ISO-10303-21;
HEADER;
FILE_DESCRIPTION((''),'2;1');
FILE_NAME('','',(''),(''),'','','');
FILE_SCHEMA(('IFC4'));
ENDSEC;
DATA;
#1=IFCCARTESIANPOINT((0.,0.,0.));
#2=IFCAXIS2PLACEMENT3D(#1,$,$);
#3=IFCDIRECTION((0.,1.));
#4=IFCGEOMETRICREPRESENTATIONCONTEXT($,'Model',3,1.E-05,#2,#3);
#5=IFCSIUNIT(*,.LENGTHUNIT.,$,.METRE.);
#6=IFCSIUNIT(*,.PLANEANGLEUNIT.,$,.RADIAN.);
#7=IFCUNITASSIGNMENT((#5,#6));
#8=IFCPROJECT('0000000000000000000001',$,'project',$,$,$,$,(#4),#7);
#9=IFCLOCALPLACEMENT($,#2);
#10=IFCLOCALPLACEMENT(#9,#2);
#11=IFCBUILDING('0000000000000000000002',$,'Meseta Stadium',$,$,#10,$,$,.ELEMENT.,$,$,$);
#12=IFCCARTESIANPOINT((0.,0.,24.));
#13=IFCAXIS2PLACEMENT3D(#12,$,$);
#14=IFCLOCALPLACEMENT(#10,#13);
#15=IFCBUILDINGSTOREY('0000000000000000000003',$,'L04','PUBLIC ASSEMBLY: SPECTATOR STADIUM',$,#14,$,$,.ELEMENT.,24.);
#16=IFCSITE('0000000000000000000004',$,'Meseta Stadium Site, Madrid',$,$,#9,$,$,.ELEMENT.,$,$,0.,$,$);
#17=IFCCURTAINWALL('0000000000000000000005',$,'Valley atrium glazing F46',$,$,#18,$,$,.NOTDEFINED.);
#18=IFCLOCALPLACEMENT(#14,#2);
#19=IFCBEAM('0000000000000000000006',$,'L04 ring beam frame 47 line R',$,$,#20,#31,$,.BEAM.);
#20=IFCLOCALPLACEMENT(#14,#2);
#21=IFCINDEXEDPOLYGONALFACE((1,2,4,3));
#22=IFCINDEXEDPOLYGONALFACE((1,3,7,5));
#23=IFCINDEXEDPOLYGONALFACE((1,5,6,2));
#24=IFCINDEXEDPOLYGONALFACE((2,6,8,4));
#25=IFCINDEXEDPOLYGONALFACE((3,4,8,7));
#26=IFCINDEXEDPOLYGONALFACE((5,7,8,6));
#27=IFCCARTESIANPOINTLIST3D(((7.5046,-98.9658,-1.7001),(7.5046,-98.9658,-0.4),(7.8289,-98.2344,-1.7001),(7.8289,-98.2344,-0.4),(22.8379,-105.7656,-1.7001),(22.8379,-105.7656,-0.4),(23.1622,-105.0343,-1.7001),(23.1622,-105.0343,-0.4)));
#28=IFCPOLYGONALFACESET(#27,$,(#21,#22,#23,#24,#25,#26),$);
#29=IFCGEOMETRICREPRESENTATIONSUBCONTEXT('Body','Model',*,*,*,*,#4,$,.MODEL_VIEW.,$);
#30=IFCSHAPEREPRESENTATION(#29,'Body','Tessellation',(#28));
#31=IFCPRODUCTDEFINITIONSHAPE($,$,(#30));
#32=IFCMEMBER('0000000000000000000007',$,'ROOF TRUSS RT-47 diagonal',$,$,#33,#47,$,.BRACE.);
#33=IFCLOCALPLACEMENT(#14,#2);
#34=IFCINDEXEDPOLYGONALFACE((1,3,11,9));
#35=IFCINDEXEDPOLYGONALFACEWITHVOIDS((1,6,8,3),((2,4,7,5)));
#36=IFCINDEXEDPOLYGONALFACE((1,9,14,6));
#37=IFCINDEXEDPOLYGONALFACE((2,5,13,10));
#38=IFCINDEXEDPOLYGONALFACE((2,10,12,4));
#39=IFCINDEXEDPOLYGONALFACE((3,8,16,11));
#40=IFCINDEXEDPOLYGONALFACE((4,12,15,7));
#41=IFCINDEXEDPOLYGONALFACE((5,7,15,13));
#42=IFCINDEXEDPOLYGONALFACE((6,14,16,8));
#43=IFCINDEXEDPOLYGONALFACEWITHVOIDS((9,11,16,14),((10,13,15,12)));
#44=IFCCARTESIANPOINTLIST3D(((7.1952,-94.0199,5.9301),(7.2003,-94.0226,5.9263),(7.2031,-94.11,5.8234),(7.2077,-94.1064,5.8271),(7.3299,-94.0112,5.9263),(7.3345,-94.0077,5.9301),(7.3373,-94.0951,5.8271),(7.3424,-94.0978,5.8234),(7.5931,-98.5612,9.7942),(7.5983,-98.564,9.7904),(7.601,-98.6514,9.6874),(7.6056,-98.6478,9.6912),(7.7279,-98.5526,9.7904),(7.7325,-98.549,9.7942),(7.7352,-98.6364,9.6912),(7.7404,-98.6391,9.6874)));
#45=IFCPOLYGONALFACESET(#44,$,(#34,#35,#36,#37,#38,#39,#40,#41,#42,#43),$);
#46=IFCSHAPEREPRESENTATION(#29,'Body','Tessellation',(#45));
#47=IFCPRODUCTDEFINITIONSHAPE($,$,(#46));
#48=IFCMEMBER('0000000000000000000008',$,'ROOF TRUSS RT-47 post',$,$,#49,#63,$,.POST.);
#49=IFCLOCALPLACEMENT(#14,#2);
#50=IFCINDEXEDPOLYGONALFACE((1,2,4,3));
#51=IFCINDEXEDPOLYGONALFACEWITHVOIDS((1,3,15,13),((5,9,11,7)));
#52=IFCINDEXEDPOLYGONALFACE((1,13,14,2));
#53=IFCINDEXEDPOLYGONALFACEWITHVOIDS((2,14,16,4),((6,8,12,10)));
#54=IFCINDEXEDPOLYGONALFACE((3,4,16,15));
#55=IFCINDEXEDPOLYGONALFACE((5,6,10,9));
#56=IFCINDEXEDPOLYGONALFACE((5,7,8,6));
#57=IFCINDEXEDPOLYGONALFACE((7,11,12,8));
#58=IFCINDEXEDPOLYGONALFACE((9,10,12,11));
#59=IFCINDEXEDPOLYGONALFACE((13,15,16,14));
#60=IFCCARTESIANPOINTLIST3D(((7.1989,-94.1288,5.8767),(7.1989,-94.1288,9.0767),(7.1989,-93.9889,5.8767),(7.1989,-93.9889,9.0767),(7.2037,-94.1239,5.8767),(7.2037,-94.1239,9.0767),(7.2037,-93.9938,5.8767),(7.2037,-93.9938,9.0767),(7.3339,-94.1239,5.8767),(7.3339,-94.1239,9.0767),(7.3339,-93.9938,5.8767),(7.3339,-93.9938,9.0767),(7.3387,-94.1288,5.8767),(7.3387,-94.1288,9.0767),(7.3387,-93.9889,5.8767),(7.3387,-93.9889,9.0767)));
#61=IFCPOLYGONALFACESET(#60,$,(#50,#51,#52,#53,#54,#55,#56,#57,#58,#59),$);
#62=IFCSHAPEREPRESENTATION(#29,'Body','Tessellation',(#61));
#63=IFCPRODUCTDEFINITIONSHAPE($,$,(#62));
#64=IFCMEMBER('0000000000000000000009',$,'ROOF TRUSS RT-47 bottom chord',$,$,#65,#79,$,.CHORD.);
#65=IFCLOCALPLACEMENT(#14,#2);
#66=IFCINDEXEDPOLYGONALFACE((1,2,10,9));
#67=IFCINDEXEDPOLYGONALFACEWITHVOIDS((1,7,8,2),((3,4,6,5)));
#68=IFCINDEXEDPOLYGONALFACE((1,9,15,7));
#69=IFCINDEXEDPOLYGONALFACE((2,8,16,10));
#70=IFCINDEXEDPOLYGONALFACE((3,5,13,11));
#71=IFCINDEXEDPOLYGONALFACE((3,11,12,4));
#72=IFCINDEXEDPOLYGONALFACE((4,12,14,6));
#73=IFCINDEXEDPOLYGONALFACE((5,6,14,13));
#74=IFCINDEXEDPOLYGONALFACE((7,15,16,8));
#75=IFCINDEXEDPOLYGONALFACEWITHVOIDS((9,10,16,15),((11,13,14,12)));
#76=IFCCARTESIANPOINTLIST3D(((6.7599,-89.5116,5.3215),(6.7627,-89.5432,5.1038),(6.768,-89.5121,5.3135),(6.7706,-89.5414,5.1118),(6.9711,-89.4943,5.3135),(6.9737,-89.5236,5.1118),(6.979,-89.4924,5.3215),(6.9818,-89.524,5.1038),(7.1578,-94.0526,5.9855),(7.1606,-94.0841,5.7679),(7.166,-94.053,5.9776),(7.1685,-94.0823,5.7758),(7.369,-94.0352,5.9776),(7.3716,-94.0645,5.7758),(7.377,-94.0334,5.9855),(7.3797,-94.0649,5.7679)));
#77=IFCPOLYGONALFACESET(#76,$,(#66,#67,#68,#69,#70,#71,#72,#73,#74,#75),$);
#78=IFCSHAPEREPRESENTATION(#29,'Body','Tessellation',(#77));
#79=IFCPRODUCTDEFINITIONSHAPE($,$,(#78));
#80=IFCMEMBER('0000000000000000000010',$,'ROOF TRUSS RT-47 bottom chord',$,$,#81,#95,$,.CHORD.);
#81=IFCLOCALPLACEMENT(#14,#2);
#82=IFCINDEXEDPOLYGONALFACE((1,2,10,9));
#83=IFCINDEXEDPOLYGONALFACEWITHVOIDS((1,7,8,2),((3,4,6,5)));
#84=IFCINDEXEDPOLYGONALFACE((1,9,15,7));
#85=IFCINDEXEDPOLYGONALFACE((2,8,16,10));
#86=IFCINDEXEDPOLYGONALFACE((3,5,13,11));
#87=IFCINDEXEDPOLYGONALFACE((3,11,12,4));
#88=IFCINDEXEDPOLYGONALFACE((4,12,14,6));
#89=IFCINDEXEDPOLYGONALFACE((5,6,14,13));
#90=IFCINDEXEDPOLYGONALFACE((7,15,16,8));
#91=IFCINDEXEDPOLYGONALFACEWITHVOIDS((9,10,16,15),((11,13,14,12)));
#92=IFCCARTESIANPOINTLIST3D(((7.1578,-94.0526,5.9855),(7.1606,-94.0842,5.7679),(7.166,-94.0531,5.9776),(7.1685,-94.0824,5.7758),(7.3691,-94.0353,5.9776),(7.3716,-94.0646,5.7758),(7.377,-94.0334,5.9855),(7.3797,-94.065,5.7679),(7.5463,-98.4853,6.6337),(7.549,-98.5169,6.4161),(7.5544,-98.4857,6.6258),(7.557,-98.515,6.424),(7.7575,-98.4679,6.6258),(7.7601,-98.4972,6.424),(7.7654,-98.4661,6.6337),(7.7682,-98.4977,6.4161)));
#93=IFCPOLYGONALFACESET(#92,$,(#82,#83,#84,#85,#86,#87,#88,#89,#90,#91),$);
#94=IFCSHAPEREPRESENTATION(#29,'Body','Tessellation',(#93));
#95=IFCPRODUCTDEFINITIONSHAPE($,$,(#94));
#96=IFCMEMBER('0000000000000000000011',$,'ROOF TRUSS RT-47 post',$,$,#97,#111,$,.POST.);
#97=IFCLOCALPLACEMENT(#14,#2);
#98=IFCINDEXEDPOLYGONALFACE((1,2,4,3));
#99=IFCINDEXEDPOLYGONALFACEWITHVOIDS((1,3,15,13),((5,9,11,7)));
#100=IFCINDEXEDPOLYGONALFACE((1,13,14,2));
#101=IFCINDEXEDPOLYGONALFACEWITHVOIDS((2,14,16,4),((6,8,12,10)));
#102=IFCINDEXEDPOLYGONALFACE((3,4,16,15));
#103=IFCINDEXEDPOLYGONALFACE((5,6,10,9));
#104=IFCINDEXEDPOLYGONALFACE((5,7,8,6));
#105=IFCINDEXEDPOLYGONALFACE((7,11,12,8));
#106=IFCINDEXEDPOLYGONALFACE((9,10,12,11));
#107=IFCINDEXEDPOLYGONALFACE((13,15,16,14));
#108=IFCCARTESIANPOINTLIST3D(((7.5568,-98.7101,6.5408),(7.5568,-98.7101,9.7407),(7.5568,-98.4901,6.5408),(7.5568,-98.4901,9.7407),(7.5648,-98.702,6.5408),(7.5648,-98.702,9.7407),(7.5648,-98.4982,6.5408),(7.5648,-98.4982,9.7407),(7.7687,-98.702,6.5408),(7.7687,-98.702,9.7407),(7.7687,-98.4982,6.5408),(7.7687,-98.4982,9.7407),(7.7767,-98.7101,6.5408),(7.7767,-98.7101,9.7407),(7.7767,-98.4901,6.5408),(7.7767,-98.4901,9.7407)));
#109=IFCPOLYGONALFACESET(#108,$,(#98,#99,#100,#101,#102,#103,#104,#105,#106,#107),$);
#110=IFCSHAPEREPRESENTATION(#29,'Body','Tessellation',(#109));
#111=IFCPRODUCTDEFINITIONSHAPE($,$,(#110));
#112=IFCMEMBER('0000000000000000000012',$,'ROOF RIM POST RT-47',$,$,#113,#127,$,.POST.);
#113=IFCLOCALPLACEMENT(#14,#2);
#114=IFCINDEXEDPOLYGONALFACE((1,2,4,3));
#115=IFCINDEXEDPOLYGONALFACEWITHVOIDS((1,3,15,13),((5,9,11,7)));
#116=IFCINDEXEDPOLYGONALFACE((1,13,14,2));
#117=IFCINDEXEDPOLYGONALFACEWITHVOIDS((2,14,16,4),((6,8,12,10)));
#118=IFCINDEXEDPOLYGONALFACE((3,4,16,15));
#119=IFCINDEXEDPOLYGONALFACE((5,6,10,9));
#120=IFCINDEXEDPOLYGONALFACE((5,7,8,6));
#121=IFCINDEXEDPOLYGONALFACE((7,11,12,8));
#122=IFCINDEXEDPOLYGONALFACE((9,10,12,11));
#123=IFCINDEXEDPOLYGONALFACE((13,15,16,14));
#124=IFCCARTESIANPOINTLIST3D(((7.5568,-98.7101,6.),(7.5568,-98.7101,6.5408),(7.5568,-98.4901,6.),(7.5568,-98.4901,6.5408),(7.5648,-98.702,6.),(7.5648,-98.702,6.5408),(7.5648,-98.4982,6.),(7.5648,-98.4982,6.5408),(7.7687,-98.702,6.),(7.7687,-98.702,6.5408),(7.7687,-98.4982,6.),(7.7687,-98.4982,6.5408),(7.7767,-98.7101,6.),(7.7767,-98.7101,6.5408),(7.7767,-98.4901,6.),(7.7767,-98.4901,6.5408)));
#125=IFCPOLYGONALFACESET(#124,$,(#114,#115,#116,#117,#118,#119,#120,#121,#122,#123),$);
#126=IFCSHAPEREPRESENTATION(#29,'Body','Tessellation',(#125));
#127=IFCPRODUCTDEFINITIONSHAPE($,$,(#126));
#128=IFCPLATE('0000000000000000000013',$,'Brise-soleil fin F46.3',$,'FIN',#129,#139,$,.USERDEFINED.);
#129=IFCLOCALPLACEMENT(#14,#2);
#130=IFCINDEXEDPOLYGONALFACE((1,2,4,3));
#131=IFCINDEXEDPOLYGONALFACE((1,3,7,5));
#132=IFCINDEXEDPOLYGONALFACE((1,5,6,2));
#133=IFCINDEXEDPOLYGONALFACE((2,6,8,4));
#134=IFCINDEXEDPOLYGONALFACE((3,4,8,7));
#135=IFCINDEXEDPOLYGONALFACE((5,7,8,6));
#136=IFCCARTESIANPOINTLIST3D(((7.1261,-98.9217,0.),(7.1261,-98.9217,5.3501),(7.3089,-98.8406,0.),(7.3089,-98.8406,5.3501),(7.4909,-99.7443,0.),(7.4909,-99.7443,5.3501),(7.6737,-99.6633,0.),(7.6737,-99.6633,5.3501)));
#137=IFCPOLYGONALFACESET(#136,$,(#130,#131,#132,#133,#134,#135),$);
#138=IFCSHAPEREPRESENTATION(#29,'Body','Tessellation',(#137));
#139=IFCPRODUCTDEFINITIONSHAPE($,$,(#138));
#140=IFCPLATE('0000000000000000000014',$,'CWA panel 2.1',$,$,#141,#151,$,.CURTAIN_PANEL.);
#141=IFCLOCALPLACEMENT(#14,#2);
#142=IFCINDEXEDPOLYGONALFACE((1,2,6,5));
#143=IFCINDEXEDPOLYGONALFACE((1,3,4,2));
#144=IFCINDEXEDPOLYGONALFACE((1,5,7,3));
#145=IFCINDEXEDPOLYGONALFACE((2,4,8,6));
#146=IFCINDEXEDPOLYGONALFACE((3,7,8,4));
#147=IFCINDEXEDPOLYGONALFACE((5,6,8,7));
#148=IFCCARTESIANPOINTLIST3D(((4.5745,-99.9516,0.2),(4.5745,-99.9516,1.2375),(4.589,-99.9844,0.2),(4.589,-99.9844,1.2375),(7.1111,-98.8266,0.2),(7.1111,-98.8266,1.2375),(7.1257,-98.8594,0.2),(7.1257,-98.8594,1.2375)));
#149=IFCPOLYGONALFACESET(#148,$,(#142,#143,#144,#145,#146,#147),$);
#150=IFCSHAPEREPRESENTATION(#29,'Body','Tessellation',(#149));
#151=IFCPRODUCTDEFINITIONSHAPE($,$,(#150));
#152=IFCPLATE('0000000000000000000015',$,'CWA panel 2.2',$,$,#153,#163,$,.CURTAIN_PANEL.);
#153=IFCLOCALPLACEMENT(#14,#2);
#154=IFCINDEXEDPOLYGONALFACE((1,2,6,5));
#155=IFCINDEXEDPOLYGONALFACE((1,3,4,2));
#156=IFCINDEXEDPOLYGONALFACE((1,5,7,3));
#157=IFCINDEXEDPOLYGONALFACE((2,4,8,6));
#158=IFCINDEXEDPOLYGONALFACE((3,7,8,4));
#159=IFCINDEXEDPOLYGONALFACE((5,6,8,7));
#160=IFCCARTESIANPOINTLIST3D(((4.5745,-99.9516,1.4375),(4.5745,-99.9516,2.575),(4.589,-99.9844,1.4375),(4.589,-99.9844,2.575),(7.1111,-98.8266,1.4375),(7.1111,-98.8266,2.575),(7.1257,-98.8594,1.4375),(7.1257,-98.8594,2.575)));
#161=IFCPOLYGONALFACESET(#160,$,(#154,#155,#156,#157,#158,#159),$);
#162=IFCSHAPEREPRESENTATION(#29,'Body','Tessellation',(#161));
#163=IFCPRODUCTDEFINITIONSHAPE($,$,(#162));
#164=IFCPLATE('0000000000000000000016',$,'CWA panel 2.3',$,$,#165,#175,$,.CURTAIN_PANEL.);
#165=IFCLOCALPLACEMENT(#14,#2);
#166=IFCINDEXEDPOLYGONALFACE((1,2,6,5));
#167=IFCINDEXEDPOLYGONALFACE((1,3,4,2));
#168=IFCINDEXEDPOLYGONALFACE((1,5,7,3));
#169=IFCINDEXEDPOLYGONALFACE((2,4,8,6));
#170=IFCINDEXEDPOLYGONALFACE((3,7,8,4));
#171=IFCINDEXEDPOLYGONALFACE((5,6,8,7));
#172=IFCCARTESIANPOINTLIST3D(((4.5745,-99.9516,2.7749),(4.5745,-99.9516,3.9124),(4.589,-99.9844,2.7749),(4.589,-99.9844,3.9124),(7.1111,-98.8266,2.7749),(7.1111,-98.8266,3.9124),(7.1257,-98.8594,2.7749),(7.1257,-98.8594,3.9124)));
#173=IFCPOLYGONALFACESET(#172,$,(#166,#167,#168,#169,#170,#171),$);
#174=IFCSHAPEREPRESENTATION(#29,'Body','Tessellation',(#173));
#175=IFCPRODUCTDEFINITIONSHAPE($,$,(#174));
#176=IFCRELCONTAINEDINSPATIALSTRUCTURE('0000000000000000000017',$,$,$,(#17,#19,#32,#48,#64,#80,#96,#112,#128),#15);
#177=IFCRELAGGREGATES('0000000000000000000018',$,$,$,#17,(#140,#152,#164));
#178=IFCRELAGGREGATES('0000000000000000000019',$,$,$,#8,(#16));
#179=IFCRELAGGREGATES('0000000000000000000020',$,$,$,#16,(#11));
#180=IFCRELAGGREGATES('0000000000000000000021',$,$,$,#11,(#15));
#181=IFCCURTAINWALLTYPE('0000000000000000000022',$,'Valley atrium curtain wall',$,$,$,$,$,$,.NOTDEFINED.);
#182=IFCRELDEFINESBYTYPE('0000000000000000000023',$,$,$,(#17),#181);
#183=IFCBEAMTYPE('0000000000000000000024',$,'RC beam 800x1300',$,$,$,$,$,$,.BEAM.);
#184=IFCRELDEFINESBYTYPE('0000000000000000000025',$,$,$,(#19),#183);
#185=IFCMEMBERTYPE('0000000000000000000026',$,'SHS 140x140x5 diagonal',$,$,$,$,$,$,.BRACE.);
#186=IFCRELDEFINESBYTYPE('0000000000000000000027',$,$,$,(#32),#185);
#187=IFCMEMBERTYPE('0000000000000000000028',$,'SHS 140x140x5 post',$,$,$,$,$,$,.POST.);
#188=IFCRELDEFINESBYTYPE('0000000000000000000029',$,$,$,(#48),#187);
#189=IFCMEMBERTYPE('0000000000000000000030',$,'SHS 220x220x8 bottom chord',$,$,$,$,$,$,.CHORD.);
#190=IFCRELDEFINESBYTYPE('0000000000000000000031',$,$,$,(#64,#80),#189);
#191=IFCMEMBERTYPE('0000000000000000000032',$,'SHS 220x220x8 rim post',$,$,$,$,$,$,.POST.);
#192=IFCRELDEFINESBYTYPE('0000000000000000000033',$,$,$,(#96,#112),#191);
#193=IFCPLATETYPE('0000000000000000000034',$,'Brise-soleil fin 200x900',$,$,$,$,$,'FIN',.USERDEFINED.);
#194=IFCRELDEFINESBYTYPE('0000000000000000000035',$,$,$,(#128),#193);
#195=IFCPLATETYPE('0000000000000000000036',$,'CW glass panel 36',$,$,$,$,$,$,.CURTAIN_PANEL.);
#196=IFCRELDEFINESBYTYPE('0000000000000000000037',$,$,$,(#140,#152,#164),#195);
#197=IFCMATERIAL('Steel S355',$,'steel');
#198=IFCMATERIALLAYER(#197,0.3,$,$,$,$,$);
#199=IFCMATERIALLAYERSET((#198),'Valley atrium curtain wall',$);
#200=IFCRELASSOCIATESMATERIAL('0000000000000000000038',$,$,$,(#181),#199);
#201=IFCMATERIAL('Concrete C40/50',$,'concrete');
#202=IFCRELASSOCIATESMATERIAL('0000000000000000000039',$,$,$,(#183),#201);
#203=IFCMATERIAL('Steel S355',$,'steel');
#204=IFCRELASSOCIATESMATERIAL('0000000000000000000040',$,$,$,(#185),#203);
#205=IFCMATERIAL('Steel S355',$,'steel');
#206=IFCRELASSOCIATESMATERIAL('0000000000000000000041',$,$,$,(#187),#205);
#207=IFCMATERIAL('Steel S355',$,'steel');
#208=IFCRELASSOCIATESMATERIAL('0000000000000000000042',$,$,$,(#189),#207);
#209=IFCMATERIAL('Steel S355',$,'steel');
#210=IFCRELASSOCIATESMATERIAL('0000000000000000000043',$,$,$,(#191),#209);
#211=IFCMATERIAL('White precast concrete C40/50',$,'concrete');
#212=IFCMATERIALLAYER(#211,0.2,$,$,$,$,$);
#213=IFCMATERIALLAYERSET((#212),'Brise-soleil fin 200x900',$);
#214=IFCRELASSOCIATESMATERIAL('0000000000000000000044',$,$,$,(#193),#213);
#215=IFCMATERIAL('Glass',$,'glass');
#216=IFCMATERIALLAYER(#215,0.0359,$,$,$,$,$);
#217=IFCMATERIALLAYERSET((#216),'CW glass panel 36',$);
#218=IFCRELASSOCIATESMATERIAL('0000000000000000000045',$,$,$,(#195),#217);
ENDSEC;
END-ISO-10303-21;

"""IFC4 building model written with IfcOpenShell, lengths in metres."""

from ifc_helpers import new_model, si_unit, direction, frame, origin, origin_2d, place, context, subcontext, project, spatial, rectangle, hollow_rectangle, extrude, material, layer, layer_set, material_profile, profile_set, type_object, element, aggregate, save


model = new_model("IFC4")

# Units and contexts
model_context = context("Model", 3, precision=1e-05, world=origin(), true_north=direction((0.0, 1.0)))
body_context = subcontext(model_context, "Body", "Model", "MODEL_VIEW")
ifc_project = project(units=[si_unit("LENGTHUNIT", "METRE"), si_unit("PLANEANGLEUNIT", "RADIAN")], contexts=[model_context])

# Site, building, storey
site_placement = place(None, origin())
site = spatial("IfcSite", under=ifc_project, at=site_placement, Name="Meseta Stadium Site, Madrid", CompositionType="ELEMENT", RefElevation=0.0)
building_placement = place(site_placement, origin())
building = spatial("IfcBuilding", under=site, at=building_placement, Name="Meseta Stadium", CompositionType="ELEMENT")
storey_placement = place(building_placement, frame((0.0, 0.0, 24.0)))
storey = spatial("IfcBuildingStorey", under=building, at=storey_placement, Name="L04", Description="PUBLIC ASSEMBLY: SPECTATOR STADIUM", CompositionType="ELEMENT", Elevation=24.0)

# Curtain wall
ifc_material_1 = material(Name="Steel S355", Category="steel")
ifc_layer_1 = layer(ifc_material_1, 0.3)
ifc_layer_set_1 = layer_set([ifc_layer_1], Name="Valley atrium curtain wall")
curtain_wall_type = type_object("IfcCurtainWallType", Name="Valley atrium curtain wall", PredefinedType="NOTDEFINED", material=ifc_layer_set_1)
curtain_wall_placement = place(storey_placement, origin())
curtain_wall = element("IfcCurtainWall", 1, at=curtain_wall_placement, inside=storey, type_object=curtain_wall_type, Name="Valley atrium glazing F46", PredefinedType="NOTDEFINED")

# Beam
ifc_material_2 = material(Name="Concrete C40/50", Category="concrete")
ifc_material_profile_1 = material_profile(ifc_material_2, rectangle(XDim=0.8, YDim=1.3, at=origin_2d()), Name="RC 800x1300")
ifc_profile_set_1 = profile_set([ifc_material_profile_1], Name="Concrete C40/50")
beam_type_1 = type_object("IfcBeamType", Name="RC beam 800x1300", PredefinedType="BEAM", material=ifc_profile_set_1)
beam_1_placement = place(storey_placement, frame((7.6667, -98.6001, -1.05), z_axis=(0.914143, -0.405393, 0.0), x_axis=(0.405393, 0.914143, 0.0)))
element("IfcBeam", 2, at=beam_1_placement, inside=storey, type_object=beam_type_1, Name="L04 ring beam frame 47 line R", PredefinedType="BEAM", context=body_context, shape_type="SweptSolid", body=[
    extrude(rectangle(XDim=0.8, YDim=1.3, at=origin_2d()), origin(), (0.0, 0.0, 1.0), 16.7734),
])

# Members
ifc_material_3 = material(Name="Steel S355", Category="steel")
ifc_material_profile_2 = material_profile(ifc_material_3, hollow_rectangle(XDim=0.1399, YDim=0.1399, WallThickness=0.0049, at=origin_2d()), Name="SHS 140x140x5")
ifc_profile_set_2 = profile_set([ifc_material_profile_2], Name="Steel S355")
member_type_1 = type_object("IfcMemberType", Name="SHS 140x140x5 diagonal", PredefinedType="BRACE", material=ifc_profile_set_2)
member_1_placement = place(storey_placement, frame((7.2688, -94.0588, 5.8767), z_axis=(0.066592, -0.759922, 0.646594), x_axis=(0.996182, 0.087295, 0.0)))
element("IfcMember", 3, at=member_1_placement, inside=storey, type_object=member_type_1, Name="ROOF TRUSS RT-47 diagonal", PredefinedType="BRACE", context=body_context, shape_type="SweptSolid", body=[
    extrude(hollow_rectangle(XDim=0.1399, YDim=0.1399, WallThickness=0.0049, at=origin_2d()), origin(), (0.0, 0.0, 1.0), 5.9761),
])
ifc_material_4 = material(Name="Steel S355", Category="steel")
ifc_material_profile_3 = material_profile(ifc_material_4, hollow_rectangle(XDim=0.1399, YDim=0.1399, WallThickness=0.0049, at=origin_2d()), Name="SHS 140x140x5")
ifc_profile_set_3 = profile_set([ifc_material_profile_3], Name="Steel S355")
member_type_2 = type_object("IfcMemberType", Name="SHS 140x140x5 post", PredefinedType="POST", material=ifc_profile_set_3)
member_2_placement = place(storey_placement, frame((7.2688, -94.0588, 5.8767), z_axis=(0.0, 0.0, 1.0), x_axis=(1.0, 0.0, 0.0)))
element("IfcMember", 4, at=member_2_placement, inside=storey, type_object=member_type_2, Name="ROOF TRUSS RT-47 post", PredefinedType="POST", context=body_context, shape_type="SweptSolid", body=[
    extrude(hollow_rectangle(XDim=0.1399, YDim=0.1399, WallThickness=0.0049, at=origin_2d()), origin(), (0.0, 0.0, 1.0), 3.2),
])
ifc_material_5 = material(Name="Steel S355", Category="steel")
ifc_material_profile_4 = material_profile(ifc_material_5, hollow_rectangle(XDim=0.22, YDim=0.22, WallThickness=0.0081, at=origin_2d()), Name="SHS 220x220x8")
ifc_profile_set_4 = profile_set([ifc_material_profile_4], Name="Steel S355")
member_type_3 = type_object("IfcMemberType", Name="SHS 220x220x8 bottom chord", PredefinedType="CHORD", material=ifc_profile_set_4)
member_3_placement = place(storey_placement, frame((6.8708, -89.5178, 5.2126), z_axis=(0.086388, -0.985777, 0.144157), x_axis=(0.996182, 0.0873, 0.0)))
element("IfcMember", 5, at=member_3_placement, inside=storey, type_object=member_type_3, Name="ROOF TRUSS RT-47 bottom chord", PredefinedType="CHORD", context=body_context, shape_type="SweptSolid", body=[
    extrude(hollow_rectangle(XDim=0.22, YDim=0.22, WallThickness=0.0081, at=origin_2d()), origin(), (0.0, 0.0, 1.0), 4.6064),
])
member_4_placement = place(storey_placement, frame((7.2688, -94.0588, 5.8767), z_axis=(0.086383, -0.985778, 0.144153), x_axis=(0.996183, 0.087295, 0.0)))
element("IfcMember", 6, at=member_4_placement, inside=storey, type_object=member_type_3, Name="ROOF TRUSS RT-47 bottom chord", PredefinedType="CHORD", context=body_context, shape_type="SweptSolid", body=[
    extrude(hollow_rectangle(XDim=0.22, YDim=0.22, WallThickness=0.0081, at=origin_2d()), origin(), (0.0, 0.0, 1.0), 4.4966),
])
ifc_material_6 = material(Name="Steel S355", Category="steel")
ifc_material_profile_5 = material_profile(ifc_material_6, hollow_rectangle(XDim=0.22, YDim=0.22, WallThickness=0.0081, at=origin_2d()), Name="SHS 220x220x8")
ifc_profile_set_5 = profile_set([ifc_material_profile_5], Name="Steel S355")
member_type_4 = type_object("IfcMemberType", Name="SHS 220x220x8 rim post", PredefinedType="POST", material=ifc_profile_set_5)
member_5_placement = place(storey_placement, frame((7.6667, -98.6001, 6.5408), z_axis=(0.0, 0.0, 1.0), x_axis=(1.0, 0.0, 0.0)))
element("IfcMember", 7, at=member_5_placement, inside=storey, type_object=member_type_4, Name="ROOF TRUSS RT-47 post", PredefinedType="POST", context=body_context, shape_type="SweptSolid", body=[
    extrude(hollow_rectangle(XDim=0.22, YDim=0.22, WallThickness=0.0081, at=origin_2d()), origin(), (0.0, 0.0, 1.0), 3.2),
])
member_6_placement = place(storey_placement, frame((7.6667, -98.6001, 6.0), z_axis=(0.0, 0.0, 1.0), x_axis=(1.0, 0.0, 0.0)))
element("IfcMember", 8, at=member_6_placement, inside=storey, type_object=member_type_4, Name="ROOF RIM POST RT-47", PredefinedType="POST", context=body_context, shape_type="SweptSolid", body=[
    extrude(hollow_rectangle(XDim=0.22, YDim=0.22, WallThickness=0.0081, at=origin_2d()), origin(), (0.0, 0.0, 1.0), 0.5408),
])

# Plates
ifc_material_7 = material(Name="White precast concrete C40/50", Category="concrete")
ifc_layer_2 = layer(ifc_material_7, 0.2)
ifc_layer_set_2 = layer_set([ifc_layer_2], Name="Brise-soleil fin 200x900")
plate_type_1 = type_object("IfcPlateType", Name="Brise-soleil fin 200x900", ElementType="FIN", PredefinedType="USERDEFINED", material=ifc_layer_set_2)
plate_1_placement = place(storey_placement, frame((7.3999, -99.2925, 0.0), z_axis=(0.0, 0.0, 1.0), x_axis=(0.914139, 0.405401, 0.0)))
element("IfcPlate", 9, at=plate_1_placement, inside=storey, type_object=plate_type_1, Name="Brise-soleil fin F46.3", ObjectType="FIN", PredefinedType="USERDEFINED", context=body_context, shape_type="SweptSolid", body=[
    extrude(rectangle(XDim=0.2, YDim=0.8999, at=origin_2d()), origin(), (0.0, 0.0, 1.0), 5.3501),
])
ifc_material_8 = material(Name="Glass", Category="glass")
ifc_layer_3 = layer(ifc_material_8, 0.0359)
ifc_layer_set_3 = layer_set([ifc_layer_3], Name="CW glass panel 36")
plate_type_2 = type_object("IfcPlateType", Name="CW glass panel 36", PredefinedType="CURTAIN_PANEL", material=ifc_layer_set_3)
plate_2_placement = place(storey_placement, frame((5.8501, -99.4055, 0.2), z_axis=(0.0, 0.0, 1.0), x_axis=(0.914139, 0.405401, 0.0)))
plate_2 = element("IfcPlate", 10, at=plate_2_placement, type_object=plate_type_2, Name="CWA panel 2.1", PredefinedType="CURTAIN_PANEL", context=body_context, shape_type="SweptSolid", body=[
    extrude(rectangle(XDim=2.7749, YDim=0.0359, at=origin_2d()), origin(), (0.0, 0.0, 1.0), 1.0376),
])
plate_3_placement = place(storey_placement, frame((5.8501, -99.4055, 1.4375), z_axis=(0.0, 0.0, 1.0), x_axis=(0.914139, 0.405401, 0.0)))
plate_3 = element("IfcPlate", 11, at=plate_3_placement, type_object=plate_type_2, Name="CWA panel 2.2", PredefinedType="CURTAIN_PANEL", context=body_context, shape_type="SweptSolid", body=[
    extrude(rectangle(XDim=2.7749, YDim=0.0359, at=origin_2d()), origin(), (0.0, 0.0, 1.0), 1.1375),
])
plate_4_placement = place(storey_placement, frame((5.8501, -99.4055, 2.7749), z_axis=(0.0, 0.0, 1.0), x_axis=(0.914139, 0.405401, 0.0)))
plate_4 = element("IfcPlate", 12, at=plate_4_placement, type_object=plate_type_2, Name="CWA panel 2.3", PredefinedType="CURTAIN_PANEL", context=body_context, shape_type="SweptSolid", body=[
    extrude(rectangle(XDim=2.7749, YDim=0.0359, at=origin_2d()), origin(), (0.0, 0.0, 1.0), 1.1375),
])
aggregate(curtain_wall, [plate_2, plate_3, plate_4])

save(model, "model.ifc")
